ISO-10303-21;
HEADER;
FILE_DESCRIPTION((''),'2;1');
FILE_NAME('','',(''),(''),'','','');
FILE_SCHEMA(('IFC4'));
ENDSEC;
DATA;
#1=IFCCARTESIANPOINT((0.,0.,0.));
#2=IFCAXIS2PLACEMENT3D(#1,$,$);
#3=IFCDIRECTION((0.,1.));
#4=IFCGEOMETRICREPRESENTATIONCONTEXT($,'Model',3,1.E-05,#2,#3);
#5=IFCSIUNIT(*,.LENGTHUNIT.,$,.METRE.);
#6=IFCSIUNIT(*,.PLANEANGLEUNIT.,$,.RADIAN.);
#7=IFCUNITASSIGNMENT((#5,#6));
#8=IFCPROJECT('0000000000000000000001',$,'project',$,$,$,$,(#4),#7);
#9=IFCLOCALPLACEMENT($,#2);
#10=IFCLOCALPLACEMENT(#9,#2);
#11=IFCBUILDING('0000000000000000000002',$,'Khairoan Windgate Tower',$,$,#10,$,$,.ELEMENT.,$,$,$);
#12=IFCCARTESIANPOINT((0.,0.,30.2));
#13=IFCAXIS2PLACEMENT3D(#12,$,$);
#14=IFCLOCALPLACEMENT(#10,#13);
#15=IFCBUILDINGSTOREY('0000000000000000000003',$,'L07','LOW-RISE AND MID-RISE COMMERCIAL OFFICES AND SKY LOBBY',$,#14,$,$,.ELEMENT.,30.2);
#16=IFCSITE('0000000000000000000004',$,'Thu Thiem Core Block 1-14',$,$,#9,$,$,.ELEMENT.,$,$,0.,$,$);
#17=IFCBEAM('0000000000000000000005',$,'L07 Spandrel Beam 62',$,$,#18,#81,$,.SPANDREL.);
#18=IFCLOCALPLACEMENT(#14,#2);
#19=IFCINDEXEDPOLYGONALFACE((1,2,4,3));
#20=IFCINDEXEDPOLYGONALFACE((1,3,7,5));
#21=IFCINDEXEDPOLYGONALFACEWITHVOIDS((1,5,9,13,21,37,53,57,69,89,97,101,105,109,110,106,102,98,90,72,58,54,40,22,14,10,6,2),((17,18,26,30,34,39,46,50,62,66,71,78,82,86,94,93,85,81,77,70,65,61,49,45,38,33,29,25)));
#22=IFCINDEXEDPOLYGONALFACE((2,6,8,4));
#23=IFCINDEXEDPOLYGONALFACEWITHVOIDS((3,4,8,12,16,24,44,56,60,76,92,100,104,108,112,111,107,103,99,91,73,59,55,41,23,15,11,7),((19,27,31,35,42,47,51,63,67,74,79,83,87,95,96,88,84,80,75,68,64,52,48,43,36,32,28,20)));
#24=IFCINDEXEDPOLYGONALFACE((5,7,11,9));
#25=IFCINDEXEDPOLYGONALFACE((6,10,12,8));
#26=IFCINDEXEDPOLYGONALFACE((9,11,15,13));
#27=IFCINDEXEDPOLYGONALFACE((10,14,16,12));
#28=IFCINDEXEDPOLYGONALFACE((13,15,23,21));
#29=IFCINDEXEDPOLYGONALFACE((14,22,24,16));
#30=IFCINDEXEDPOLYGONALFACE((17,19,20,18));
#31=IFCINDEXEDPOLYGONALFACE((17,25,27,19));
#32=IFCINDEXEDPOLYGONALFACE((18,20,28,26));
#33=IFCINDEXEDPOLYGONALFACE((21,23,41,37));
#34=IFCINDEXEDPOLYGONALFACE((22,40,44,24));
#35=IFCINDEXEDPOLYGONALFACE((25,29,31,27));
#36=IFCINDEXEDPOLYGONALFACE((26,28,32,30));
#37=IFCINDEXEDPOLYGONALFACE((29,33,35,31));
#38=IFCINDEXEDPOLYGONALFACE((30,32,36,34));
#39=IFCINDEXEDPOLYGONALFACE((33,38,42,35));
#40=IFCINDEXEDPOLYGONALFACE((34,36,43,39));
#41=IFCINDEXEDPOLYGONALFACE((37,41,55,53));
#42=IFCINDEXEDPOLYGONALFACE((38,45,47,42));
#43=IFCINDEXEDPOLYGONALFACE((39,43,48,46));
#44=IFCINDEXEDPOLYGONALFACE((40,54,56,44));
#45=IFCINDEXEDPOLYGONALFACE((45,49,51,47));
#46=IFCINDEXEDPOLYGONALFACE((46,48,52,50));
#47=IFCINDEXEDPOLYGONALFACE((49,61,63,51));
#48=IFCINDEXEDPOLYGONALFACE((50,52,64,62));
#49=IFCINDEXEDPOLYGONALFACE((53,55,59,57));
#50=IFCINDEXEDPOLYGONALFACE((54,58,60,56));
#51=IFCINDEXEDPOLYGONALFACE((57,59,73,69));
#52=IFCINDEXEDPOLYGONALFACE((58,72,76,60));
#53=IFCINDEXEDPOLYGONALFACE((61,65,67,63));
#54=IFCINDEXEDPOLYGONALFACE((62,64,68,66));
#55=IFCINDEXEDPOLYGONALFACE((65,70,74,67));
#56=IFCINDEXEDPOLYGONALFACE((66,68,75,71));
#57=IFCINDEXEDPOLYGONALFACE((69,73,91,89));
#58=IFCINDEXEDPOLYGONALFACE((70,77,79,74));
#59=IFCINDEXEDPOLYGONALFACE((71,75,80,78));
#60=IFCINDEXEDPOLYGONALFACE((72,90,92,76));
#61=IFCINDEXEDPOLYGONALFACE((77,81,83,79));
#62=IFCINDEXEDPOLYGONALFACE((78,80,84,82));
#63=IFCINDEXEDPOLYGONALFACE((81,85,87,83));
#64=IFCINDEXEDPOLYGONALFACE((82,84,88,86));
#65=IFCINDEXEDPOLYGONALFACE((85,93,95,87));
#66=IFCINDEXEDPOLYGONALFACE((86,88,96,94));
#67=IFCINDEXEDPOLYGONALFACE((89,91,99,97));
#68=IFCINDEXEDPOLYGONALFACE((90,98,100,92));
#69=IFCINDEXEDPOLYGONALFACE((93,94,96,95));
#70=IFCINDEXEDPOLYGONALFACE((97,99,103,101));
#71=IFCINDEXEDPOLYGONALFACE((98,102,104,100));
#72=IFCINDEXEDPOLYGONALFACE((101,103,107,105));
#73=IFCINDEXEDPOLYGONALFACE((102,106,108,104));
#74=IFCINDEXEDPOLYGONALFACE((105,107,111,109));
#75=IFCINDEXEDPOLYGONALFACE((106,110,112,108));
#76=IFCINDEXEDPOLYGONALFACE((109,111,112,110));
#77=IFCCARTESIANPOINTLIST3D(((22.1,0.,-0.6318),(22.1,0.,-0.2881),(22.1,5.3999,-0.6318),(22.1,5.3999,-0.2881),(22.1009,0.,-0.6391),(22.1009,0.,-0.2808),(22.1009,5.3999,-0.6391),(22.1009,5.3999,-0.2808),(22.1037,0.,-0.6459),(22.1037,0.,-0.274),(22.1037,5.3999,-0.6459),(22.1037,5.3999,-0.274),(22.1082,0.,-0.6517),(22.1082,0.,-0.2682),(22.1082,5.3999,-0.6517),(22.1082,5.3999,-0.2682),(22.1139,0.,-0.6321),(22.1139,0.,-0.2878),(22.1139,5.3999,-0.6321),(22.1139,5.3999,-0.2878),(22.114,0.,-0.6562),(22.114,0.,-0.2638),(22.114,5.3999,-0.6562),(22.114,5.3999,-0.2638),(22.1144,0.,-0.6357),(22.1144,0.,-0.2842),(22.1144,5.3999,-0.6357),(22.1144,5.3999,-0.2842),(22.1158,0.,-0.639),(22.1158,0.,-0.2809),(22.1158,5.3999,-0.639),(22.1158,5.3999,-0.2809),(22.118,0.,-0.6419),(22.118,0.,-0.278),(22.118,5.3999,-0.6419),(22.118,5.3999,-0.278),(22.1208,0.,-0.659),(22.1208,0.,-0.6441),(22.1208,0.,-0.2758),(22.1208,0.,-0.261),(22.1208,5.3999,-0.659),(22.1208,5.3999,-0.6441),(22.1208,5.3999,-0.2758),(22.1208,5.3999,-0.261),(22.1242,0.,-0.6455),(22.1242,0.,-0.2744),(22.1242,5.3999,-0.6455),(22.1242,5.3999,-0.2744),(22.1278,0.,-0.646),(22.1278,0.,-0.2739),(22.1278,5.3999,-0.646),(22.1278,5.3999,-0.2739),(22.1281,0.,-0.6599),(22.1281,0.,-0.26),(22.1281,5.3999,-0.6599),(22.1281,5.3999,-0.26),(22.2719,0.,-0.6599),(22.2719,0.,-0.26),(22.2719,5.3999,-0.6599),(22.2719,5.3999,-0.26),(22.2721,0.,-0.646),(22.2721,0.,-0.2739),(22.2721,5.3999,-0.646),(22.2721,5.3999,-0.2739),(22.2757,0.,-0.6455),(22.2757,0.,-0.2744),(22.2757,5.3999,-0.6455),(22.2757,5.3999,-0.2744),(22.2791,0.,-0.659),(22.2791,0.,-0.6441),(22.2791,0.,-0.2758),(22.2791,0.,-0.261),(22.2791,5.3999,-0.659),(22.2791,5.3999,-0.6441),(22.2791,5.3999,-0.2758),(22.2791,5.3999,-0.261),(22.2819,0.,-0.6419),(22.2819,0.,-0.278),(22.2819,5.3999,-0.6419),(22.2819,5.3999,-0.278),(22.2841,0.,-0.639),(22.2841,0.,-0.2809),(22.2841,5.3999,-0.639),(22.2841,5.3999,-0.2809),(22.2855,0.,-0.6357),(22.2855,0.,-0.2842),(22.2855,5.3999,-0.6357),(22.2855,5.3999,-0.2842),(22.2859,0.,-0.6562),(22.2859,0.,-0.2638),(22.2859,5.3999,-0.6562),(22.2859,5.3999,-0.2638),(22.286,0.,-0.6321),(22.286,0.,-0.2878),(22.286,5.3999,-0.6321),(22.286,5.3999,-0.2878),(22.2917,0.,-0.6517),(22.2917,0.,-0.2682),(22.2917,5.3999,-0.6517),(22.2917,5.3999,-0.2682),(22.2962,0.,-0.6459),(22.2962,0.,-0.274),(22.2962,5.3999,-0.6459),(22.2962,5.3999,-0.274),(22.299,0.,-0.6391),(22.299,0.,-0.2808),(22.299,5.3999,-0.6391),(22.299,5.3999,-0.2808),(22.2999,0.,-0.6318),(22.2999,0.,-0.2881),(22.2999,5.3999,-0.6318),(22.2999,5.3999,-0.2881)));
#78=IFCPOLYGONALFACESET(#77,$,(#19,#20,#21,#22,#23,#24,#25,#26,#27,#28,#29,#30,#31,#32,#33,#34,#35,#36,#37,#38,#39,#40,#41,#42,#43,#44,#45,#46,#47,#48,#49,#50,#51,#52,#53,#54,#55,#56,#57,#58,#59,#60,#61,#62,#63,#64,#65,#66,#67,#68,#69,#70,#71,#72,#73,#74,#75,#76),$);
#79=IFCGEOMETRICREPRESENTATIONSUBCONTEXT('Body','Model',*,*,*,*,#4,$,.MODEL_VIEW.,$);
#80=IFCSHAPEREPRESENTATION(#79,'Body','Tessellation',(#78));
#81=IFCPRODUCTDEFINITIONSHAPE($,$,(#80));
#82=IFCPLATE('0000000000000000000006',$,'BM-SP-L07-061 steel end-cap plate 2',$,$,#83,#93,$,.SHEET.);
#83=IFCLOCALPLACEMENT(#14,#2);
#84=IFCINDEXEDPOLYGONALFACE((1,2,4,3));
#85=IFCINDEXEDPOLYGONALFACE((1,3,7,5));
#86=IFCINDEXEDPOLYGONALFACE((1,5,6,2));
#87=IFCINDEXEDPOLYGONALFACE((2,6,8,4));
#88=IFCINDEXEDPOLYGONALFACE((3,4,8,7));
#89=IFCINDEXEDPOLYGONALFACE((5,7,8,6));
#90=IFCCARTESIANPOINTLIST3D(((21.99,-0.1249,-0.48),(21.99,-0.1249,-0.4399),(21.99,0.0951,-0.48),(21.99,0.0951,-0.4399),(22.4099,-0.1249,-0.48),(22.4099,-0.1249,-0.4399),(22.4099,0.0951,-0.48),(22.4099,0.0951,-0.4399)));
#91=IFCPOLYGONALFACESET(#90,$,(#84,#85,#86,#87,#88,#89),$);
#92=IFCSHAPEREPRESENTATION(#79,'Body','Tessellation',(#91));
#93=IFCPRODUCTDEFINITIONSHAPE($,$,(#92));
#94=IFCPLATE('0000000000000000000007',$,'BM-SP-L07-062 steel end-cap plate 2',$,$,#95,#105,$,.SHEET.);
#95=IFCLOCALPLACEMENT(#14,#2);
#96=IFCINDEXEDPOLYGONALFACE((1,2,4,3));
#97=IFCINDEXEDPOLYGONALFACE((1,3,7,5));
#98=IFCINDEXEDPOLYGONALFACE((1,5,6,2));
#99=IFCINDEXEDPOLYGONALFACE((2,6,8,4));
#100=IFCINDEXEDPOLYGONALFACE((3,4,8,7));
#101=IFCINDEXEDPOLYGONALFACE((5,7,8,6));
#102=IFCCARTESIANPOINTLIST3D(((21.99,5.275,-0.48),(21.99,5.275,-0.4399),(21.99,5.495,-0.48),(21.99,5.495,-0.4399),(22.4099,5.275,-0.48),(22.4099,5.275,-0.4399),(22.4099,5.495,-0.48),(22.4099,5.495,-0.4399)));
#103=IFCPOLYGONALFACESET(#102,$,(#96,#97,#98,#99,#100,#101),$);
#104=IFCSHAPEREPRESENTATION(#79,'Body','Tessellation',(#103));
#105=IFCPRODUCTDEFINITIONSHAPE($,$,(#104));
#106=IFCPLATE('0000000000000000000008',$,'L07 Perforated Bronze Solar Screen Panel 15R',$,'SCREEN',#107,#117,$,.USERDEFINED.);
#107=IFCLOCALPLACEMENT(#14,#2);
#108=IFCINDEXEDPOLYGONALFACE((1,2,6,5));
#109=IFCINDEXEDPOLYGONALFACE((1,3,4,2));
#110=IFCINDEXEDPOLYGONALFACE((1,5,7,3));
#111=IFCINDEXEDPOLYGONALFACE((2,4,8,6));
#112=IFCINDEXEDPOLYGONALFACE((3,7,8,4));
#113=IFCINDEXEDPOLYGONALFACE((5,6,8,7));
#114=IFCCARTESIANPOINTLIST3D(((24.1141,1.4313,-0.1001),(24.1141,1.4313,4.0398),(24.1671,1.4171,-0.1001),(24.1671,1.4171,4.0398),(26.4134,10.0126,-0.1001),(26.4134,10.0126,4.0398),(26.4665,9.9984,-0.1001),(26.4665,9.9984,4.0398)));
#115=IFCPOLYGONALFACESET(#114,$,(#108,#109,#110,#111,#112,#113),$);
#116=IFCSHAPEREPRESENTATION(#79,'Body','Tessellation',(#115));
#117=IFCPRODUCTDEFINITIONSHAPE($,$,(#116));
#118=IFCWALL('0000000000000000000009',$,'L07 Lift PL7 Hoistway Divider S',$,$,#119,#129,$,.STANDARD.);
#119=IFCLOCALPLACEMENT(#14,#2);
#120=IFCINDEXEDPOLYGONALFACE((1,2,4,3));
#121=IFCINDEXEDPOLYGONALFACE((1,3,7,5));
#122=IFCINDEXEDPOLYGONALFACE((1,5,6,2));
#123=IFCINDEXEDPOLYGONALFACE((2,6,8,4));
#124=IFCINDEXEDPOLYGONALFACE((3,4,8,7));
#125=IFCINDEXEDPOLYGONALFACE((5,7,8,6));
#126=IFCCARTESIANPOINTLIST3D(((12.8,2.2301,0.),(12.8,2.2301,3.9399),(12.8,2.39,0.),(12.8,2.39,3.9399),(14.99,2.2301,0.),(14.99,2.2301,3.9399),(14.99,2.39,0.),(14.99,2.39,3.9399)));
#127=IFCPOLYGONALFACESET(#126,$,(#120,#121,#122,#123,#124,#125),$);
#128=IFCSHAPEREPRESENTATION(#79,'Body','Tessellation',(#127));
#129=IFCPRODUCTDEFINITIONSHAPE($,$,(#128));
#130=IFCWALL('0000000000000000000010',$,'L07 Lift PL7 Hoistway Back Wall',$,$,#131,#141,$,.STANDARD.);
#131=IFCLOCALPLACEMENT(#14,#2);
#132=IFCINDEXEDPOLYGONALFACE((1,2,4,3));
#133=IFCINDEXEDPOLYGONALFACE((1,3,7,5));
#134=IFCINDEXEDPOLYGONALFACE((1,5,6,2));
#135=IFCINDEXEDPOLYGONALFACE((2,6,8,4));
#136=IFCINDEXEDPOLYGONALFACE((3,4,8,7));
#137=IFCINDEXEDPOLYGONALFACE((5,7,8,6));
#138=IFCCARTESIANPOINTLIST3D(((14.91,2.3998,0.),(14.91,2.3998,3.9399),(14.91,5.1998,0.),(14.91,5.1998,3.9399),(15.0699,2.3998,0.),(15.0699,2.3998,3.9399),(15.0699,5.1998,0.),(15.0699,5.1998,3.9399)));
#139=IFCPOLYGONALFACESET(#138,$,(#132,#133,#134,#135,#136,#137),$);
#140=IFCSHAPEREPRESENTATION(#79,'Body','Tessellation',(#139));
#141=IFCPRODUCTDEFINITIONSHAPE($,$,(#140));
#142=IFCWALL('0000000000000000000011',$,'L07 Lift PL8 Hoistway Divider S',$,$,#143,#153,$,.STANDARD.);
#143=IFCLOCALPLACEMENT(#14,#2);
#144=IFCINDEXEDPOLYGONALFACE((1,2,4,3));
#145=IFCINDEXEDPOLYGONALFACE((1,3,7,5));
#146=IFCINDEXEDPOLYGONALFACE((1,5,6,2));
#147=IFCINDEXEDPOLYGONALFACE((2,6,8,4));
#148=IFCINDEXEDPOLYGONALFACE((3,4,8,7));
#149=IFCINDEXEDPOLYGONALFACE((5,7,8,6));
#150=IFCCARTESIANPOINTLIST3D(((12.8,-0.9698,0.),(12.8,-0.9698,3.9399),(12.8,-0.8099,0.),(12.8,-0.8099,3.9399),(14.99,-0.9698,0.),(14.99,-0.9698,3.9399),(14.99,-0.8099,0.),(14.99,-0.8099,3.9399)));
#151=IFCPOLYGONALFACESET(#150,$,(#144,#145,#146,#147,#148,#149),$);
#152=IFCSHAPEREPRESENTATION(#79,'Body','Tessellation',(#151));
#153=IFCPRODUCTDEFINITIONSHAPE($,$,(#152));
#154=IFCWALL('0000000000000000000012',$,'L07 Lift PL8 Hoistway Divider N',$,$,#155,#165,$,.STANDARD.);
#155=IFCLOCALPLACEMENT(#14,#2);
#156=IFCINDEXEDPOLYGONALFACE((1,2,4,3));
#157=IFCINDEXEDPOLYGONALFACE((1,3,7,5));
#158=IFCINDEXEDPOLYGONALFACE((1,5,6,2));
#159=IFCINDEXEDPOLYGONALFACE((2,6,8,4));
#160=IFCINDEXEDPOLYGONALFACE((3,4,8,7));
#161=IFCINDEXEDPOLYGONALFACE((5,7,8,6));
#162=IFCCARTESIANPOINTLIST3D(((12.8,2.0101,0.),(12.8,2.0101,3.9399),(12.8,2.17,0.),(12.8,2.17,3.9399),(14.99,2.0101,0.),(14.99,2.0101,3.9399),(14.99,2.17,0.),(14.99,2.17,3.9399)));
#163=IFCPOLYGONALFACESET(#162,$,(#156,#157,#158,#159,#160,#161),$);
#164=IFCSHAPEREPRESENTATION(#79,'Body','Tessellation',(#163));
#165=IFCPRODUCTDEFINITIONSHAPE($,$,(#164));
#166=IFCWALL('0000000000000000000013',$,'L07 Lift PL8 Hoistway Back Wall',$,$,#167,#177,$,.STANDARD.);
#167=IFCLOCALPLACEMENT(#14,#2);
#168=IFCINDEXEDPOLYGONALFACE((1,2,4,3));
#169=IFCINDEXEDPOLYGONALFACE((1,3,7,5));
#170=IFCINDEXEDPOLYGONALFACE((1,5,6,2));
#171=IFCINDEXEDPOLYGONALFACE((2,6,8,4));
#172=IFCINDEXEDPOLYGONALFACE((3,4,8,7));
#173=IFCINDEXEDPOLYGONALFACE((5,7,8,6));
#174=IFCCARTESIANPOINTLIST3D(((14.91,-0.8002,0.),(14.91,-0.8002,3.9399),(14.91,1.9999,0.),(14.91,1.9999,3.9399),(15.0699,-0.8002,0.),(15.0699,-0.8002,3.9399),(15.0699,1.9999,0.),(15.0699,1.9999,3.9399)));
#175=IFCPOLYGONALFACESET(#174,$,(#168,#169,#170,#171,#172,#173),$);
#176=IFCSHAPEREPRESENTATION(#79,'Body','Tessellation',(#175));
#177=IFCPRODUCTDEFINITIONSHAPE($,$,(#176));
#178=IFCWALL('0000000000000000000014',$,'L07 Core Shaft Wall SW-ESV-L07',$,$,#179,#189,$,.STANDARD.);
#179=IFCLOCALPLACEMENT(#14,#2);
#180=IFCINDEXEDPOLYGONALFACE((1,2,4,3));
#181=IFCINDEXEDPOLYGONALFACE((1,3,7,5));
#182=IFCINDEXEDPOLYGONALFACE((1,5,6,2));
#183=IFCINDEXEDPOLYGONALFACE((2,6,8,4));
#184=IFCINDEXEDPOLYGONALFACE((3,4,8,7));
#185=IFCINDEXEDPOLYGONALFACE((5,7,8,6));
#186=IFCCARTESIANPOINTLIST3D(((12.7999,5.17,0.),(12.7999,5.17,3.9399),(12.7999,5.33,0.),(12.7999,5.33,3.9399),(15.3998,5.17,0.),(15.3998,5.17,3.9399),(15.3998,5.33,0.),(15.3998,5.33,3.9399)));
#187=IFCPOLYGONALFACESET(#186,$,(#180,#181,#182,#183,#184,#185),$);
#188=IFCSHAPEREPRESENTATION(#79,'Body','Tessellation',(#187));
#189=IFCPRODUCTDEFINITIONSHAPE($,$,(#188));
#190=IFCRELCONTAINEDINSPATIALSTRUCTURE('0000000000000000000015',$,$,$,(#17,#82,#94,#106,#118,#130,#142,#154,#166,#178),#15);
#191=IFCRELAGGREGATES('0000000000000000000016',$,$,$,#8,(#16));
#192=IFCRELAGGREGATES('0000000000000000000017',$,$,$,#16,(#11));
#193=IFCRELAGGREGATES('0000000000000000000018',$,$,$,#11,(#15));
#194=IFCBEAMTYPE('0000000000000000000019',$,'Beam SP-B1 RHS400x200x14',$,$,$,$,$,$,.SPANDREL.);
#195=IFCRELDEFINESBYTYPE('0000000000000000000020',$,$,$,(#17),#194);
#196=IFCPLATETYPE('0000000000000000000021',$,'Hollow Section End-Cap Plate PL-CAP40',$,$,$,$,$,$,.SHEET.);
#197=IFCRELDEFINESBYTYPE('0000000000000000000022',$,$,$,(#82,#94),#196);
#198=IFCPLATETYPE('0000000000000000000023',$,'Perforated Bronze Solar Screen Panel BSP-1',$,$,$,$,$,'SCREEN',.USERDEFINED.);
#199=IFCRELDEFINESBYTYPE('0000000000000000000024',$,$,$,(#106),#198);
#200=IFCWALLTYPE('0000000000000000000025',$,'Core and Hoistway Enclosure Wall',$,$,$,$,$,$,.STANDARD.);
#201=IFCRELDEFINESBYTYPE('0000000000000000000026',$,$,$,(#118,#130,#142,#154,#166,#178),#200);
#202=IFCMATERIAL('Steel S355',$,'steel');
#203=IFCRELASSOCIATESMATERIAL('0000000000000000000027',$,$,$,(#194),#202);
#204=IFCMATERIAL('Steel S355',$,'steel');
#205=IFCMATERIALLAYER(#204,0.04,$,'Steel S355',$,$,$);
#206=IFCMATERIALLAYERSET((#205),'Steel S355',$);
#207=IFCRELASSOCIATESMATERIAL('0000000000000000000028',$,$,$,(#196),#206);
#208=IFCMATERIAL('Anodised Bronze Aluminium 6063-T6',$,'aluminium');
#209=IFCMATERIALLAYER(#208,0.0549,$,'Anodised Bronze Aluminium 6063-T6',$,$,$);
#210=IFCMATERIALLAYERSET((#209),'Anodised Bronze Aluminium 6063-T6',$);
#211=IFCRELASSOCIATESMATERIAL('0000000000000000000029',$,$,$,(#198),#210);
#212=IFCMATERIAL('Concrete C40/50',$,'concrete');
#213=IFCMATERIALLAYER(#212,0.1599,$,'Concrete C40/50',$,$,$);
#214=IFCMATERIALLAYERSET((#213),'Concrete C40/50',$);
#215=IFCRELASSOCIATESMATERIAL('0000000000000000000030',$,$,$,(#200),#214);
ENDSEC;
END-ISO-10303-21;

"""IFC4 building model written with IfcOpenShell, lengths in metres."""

from ifc_helpers import new_model, si_unit, direction, frame, frame_2d, origin, origin_2d, place, context, subcontext, project, spatial, rectangle, hollow_rectangle, extrude, material, layer, layer_set, material_profile, profile_set, type_object, element, save


model = new_model("IFC4")

# Units and contexts
model_context = context("Model", 3, precision=1e-05, world=origin(), true_north=direction((0.0, 1.0)))
body_context = subcontext(model_context, "Body", "Model", "MODEL_VIEW")
ifc_project = project(units=[si_unit("LENGTHUNIT", "METRE"), si_unit("PLANEANGLEUNIT", "RADIAN")], contexts=[model_context])

# Site, building, storey
site_placement = place(None, origin())
site = spatial("IfcSite", under=ifc_project, at=site_placement, Name="Thu Thiem Core Block 1-14", CompositionType="ELEMENT", RefElevation=0.0)
building_placement = place(site_placement, origin())
building = spatial("IfcBuilding", under=site, at=building_placement, Name="Khairoan Windgate Tower", CompositionType="ELEMENT")
storey_placement = place(building_placement, frame((0.0, 0.0, 30.2)))
storey = spatial("IfcBuildingStorey", under=building, at=storey_placement, Name="L07", Description="LOW-RISE AND MID-RISE COMMERCIAL OFFICES AND SKY LOBBY", CompositionType="ELEMENT", Elevation=30.2)

# Beam
ifc_material_1 = material(Name="Steel S355", Category="steel")
ifc_material_profile_1 = material_profile(ifc_material_1, hollow_rectangle(XDim=0.2, YDim=0.3999, WallThickness=0.0139, InnerFilletRadius=0.0139, OuterFilletRadius=0.0281, at=origin_2d()))
ifc_profile_set_1 = profile_set([ifc_material_profile_1], Name="Steel S355")
beam_type_1 = type_object("IfcBeamType", Name="Beam SP-B1 RHS400x200x14", PredefinedType="SPANDREL", material=ifc_profile_set_1)
beam_1_placement = place(storey_placement, frame((22.2, 0.0, -0.46), z_axis=(0.0, 1.0, 0.0), x_axis=(-1.0, 0.0, 0.0)))
element("IfcBeam", 1, at=beam_1_placement, inside=storey, type_object=beam_type_1, Name="L07 Spandrel Beam 62", PredefinedType="SPANDREL", context=body_context, shape_type="SweptSolid", body=[
    extrude(hollow_rectangle(XDim=0.2, YDim=0.3999, WallThickness=0.0139, InnerFilletRadius=0.0139, OuterFilletRadius=0.0281, at=origin_2d()), origin(), (0.0, 0.0, 1.0), 5.3999),
])

# Plates
ifc_material_2 = material(Name="Steel S355", Category="steel")
ifc_layer_1 = layer(ifc_material_2, 0.04, Name="Steel S355")
ifc_layer_set_1 = layer_set([ifc_layer_1], Name="Steel S355")
plate_type_1 = type_object("IfcPlateType", Name="Hollow Section End-Cap Plate PL-CAP40", PredefinedType="SHEET", material=ifc_layer_set_1)
for number, where, z_axis, x_axis, name in (
    (2, (22.2, -0.0149, -0.48), (0.0, 0.0, 1.0), (0.0, 1.0, 0.0), "BM-SP-L07-061 steel end-cap plate 2"),
    (3, (22.2, 5.385, -0.48), (0.0, 0.0, 1.0), (0.0, 1.0, 0.0), "BM-SP-L07-062 steel end-cap plate 2"),
):
    element("IfcPlate", number, at=place(storey_placement, frame(where, z_axis=z_axis, x_axis=x_axis)), inside=storey, type_object=plate_type_1, Name=name, PredefinedType="SHEET", context=body_context, shape_type="SweptSolid", body=[
        extrude(rectangle(XDim=0.22, YDim=0.4199, at=origin_2d()), origin(), (0.0, 0.0, 1.0), 0.04),
    ])
ifc_material_3 = material(Name="Anodised Bronze Aluminium 6063-T6", Category="aluminium")
ifc_layer_2 = layer(ifc_material_3, 0.0549, Name="Anodised Bronze Aluminium 6063-T6")
ifc_layer_set_2 = layer_set([ifc_layer_2], Name="Anodised Bronze Aluminium 6063-T6")
plate_type_2 = type_object("IfcPlateType", Name="Perforated Bronze Solar Screen Panel BSP-1", ElementType="SCREEN", PredefinedType="USERDEFINED", material=ifc_layer_set_2)
plate_placement = place(storey_placement, frame((25.2903, 5.7148, -0.1001), z_axis=(0.0, 0.0, 1.0), x_axis=(-0.258819, -0.965926, 0.0)))
element("IfcPlate", 4, at=plate_placement, inside=storey, type_object=plate_type_2, Name="L07 Perforated Bronze Solar Screen Panel 15R", ObjectType="SCREEN", PredefinedType="USERDEFINED", context=body_context, shape_type="SweptSolid", body=[
    extrude(rectangle(XDim=8.884, YDim=0.0549, at=origin_2d()), origin(), (0.0, 0.0, 1.0), 4.1399),
])

# Walls
ifc_material_4 = material(Name="Concrete C40/50", Category="concrete")
ifc_layer_3 = layer(ifc_material_4, 0.1599, Name="Concrete C40/50")
ifc_layer_set_3 = layer_set([ifc_layer_3], Name="Concrete C40/50")
wall_type_1 = type_object("IfcWallType", Name="Core and Hoistway Enclosure Wall", PredefinedType="STANDARD", material=ifc_layer_set_3)
wall_1_placement = place(storey_placement, frame((12.8, 2.3101, 0.0), z_axis=(0.0, 0.0, 1.0), x_axis=(1.0, 0.0, 0.0)))
element("IfcWall", 5, at=wall_1_placement, inside=storey, type_object=wall_type_1, Name="L07 Lift PL7 Hoistway Divider S", PredefinedType="STANDARD", context=body_context, shape_type="SweptSolid", body=[
    extrude(rectangle(XDim=2.1899, YDim=0.1599, at=frame_2d((1.095, 0.0))), origin(), (0.0, 0.0, 1.0), 3.9399),
])
wall_2_placement = place(storey_placement, frame((14.99, 2.3999, 0.0), z_axis=(0.0, 0.0, 1.0), x_axis=(0.0, 1.0, 0.0)))
element("IfcWall", 6, at=wall_2_placement, inside=storey, type_object=wall_type_1, Name="L07 Lift PL7 Hoistway Back Wall", PredefinedType="STANDARD", context=body_context, shape_type="SweptSolid", body=[
    extrude(rectangle(XDim=2.8, YDim=0.1599, at=frame_2d((1.3999, 0.0))), origin(), (0.0, 0.0, 1.0), 3.9399),
])
for number, where, z_axis, x_axis, name in (
    (7, (12.8, -0.8899, 0.0), (0.0, 0.0, 1.0), (1.0, 0.0, 0.0), "L07 Lift PL8 Hoistway Divider S"),
    (8, (12.8, 2.0901, 0.0), (0.0, 0.0, 1.0), (1.0, 0.0, 0.0), "L07 Lift PL8 Hoistway Divider N"),
):
    element("IfcWall", number, at=place(storey_placement, frame(where, z_axis=z_axis, x_axis=x_axis)), inside=storey, type_object=wall_type_1, Name=name, PredefinedType="STANDARD", context=body_context, shape_type="SweptSolid", body=[
        extrude(rectangle(XDim=2.1899, YDim=0.1599, at=frame_2d((1.095, 0.0))), origin(), (0.0, 0.0, 1.0), 3.9399),
    ])
wall_3_placement = place(storey_placement, frame((14.99, -0.8, 0.0), z_axis=(0.0, 0.0, 1.0), x_axis=(0.0, 1.0, 0.0)))
element("IfcWall", 9, at=wall_3_placement, inside=storey, type_object=wall_type_1, Name="L07 Lift PL8 Hoistway Back Wall", PredefinedType="STANDARD", context=body_context, shape_type="SweptSolid", body=[
    extrude(rectangle(XDim=2.8, YDim=0.1599, at=frame_2d((1.3999, 0.0))), origin(), (0.0, 0.0, 1.0), 3.9399),
])
wall_4_placement = place(storey_placement, frame((12.8, 5.25, 0.0), z_axis=(0.0, 0.0, 1.0), x_axis=(1.0, 0.0, 0.0)))
element("IfcWall", 10, at=wall_4_placement, inside=storey, type_object=wall_type_1, Name="L07 Core Shaft Wall SW-ESV-L07", PredefinedType="STANDARD", context=body_context, shape_type="SweptSolid", body=[
    extrude(rectangle(XDim=2.5999, YDim=0.1599, at=frame_2d((1.2998, 0.0))), origin(), (0.0, 0.0, 1.0), 3.9399),
])

save(model, "model.ifc")
